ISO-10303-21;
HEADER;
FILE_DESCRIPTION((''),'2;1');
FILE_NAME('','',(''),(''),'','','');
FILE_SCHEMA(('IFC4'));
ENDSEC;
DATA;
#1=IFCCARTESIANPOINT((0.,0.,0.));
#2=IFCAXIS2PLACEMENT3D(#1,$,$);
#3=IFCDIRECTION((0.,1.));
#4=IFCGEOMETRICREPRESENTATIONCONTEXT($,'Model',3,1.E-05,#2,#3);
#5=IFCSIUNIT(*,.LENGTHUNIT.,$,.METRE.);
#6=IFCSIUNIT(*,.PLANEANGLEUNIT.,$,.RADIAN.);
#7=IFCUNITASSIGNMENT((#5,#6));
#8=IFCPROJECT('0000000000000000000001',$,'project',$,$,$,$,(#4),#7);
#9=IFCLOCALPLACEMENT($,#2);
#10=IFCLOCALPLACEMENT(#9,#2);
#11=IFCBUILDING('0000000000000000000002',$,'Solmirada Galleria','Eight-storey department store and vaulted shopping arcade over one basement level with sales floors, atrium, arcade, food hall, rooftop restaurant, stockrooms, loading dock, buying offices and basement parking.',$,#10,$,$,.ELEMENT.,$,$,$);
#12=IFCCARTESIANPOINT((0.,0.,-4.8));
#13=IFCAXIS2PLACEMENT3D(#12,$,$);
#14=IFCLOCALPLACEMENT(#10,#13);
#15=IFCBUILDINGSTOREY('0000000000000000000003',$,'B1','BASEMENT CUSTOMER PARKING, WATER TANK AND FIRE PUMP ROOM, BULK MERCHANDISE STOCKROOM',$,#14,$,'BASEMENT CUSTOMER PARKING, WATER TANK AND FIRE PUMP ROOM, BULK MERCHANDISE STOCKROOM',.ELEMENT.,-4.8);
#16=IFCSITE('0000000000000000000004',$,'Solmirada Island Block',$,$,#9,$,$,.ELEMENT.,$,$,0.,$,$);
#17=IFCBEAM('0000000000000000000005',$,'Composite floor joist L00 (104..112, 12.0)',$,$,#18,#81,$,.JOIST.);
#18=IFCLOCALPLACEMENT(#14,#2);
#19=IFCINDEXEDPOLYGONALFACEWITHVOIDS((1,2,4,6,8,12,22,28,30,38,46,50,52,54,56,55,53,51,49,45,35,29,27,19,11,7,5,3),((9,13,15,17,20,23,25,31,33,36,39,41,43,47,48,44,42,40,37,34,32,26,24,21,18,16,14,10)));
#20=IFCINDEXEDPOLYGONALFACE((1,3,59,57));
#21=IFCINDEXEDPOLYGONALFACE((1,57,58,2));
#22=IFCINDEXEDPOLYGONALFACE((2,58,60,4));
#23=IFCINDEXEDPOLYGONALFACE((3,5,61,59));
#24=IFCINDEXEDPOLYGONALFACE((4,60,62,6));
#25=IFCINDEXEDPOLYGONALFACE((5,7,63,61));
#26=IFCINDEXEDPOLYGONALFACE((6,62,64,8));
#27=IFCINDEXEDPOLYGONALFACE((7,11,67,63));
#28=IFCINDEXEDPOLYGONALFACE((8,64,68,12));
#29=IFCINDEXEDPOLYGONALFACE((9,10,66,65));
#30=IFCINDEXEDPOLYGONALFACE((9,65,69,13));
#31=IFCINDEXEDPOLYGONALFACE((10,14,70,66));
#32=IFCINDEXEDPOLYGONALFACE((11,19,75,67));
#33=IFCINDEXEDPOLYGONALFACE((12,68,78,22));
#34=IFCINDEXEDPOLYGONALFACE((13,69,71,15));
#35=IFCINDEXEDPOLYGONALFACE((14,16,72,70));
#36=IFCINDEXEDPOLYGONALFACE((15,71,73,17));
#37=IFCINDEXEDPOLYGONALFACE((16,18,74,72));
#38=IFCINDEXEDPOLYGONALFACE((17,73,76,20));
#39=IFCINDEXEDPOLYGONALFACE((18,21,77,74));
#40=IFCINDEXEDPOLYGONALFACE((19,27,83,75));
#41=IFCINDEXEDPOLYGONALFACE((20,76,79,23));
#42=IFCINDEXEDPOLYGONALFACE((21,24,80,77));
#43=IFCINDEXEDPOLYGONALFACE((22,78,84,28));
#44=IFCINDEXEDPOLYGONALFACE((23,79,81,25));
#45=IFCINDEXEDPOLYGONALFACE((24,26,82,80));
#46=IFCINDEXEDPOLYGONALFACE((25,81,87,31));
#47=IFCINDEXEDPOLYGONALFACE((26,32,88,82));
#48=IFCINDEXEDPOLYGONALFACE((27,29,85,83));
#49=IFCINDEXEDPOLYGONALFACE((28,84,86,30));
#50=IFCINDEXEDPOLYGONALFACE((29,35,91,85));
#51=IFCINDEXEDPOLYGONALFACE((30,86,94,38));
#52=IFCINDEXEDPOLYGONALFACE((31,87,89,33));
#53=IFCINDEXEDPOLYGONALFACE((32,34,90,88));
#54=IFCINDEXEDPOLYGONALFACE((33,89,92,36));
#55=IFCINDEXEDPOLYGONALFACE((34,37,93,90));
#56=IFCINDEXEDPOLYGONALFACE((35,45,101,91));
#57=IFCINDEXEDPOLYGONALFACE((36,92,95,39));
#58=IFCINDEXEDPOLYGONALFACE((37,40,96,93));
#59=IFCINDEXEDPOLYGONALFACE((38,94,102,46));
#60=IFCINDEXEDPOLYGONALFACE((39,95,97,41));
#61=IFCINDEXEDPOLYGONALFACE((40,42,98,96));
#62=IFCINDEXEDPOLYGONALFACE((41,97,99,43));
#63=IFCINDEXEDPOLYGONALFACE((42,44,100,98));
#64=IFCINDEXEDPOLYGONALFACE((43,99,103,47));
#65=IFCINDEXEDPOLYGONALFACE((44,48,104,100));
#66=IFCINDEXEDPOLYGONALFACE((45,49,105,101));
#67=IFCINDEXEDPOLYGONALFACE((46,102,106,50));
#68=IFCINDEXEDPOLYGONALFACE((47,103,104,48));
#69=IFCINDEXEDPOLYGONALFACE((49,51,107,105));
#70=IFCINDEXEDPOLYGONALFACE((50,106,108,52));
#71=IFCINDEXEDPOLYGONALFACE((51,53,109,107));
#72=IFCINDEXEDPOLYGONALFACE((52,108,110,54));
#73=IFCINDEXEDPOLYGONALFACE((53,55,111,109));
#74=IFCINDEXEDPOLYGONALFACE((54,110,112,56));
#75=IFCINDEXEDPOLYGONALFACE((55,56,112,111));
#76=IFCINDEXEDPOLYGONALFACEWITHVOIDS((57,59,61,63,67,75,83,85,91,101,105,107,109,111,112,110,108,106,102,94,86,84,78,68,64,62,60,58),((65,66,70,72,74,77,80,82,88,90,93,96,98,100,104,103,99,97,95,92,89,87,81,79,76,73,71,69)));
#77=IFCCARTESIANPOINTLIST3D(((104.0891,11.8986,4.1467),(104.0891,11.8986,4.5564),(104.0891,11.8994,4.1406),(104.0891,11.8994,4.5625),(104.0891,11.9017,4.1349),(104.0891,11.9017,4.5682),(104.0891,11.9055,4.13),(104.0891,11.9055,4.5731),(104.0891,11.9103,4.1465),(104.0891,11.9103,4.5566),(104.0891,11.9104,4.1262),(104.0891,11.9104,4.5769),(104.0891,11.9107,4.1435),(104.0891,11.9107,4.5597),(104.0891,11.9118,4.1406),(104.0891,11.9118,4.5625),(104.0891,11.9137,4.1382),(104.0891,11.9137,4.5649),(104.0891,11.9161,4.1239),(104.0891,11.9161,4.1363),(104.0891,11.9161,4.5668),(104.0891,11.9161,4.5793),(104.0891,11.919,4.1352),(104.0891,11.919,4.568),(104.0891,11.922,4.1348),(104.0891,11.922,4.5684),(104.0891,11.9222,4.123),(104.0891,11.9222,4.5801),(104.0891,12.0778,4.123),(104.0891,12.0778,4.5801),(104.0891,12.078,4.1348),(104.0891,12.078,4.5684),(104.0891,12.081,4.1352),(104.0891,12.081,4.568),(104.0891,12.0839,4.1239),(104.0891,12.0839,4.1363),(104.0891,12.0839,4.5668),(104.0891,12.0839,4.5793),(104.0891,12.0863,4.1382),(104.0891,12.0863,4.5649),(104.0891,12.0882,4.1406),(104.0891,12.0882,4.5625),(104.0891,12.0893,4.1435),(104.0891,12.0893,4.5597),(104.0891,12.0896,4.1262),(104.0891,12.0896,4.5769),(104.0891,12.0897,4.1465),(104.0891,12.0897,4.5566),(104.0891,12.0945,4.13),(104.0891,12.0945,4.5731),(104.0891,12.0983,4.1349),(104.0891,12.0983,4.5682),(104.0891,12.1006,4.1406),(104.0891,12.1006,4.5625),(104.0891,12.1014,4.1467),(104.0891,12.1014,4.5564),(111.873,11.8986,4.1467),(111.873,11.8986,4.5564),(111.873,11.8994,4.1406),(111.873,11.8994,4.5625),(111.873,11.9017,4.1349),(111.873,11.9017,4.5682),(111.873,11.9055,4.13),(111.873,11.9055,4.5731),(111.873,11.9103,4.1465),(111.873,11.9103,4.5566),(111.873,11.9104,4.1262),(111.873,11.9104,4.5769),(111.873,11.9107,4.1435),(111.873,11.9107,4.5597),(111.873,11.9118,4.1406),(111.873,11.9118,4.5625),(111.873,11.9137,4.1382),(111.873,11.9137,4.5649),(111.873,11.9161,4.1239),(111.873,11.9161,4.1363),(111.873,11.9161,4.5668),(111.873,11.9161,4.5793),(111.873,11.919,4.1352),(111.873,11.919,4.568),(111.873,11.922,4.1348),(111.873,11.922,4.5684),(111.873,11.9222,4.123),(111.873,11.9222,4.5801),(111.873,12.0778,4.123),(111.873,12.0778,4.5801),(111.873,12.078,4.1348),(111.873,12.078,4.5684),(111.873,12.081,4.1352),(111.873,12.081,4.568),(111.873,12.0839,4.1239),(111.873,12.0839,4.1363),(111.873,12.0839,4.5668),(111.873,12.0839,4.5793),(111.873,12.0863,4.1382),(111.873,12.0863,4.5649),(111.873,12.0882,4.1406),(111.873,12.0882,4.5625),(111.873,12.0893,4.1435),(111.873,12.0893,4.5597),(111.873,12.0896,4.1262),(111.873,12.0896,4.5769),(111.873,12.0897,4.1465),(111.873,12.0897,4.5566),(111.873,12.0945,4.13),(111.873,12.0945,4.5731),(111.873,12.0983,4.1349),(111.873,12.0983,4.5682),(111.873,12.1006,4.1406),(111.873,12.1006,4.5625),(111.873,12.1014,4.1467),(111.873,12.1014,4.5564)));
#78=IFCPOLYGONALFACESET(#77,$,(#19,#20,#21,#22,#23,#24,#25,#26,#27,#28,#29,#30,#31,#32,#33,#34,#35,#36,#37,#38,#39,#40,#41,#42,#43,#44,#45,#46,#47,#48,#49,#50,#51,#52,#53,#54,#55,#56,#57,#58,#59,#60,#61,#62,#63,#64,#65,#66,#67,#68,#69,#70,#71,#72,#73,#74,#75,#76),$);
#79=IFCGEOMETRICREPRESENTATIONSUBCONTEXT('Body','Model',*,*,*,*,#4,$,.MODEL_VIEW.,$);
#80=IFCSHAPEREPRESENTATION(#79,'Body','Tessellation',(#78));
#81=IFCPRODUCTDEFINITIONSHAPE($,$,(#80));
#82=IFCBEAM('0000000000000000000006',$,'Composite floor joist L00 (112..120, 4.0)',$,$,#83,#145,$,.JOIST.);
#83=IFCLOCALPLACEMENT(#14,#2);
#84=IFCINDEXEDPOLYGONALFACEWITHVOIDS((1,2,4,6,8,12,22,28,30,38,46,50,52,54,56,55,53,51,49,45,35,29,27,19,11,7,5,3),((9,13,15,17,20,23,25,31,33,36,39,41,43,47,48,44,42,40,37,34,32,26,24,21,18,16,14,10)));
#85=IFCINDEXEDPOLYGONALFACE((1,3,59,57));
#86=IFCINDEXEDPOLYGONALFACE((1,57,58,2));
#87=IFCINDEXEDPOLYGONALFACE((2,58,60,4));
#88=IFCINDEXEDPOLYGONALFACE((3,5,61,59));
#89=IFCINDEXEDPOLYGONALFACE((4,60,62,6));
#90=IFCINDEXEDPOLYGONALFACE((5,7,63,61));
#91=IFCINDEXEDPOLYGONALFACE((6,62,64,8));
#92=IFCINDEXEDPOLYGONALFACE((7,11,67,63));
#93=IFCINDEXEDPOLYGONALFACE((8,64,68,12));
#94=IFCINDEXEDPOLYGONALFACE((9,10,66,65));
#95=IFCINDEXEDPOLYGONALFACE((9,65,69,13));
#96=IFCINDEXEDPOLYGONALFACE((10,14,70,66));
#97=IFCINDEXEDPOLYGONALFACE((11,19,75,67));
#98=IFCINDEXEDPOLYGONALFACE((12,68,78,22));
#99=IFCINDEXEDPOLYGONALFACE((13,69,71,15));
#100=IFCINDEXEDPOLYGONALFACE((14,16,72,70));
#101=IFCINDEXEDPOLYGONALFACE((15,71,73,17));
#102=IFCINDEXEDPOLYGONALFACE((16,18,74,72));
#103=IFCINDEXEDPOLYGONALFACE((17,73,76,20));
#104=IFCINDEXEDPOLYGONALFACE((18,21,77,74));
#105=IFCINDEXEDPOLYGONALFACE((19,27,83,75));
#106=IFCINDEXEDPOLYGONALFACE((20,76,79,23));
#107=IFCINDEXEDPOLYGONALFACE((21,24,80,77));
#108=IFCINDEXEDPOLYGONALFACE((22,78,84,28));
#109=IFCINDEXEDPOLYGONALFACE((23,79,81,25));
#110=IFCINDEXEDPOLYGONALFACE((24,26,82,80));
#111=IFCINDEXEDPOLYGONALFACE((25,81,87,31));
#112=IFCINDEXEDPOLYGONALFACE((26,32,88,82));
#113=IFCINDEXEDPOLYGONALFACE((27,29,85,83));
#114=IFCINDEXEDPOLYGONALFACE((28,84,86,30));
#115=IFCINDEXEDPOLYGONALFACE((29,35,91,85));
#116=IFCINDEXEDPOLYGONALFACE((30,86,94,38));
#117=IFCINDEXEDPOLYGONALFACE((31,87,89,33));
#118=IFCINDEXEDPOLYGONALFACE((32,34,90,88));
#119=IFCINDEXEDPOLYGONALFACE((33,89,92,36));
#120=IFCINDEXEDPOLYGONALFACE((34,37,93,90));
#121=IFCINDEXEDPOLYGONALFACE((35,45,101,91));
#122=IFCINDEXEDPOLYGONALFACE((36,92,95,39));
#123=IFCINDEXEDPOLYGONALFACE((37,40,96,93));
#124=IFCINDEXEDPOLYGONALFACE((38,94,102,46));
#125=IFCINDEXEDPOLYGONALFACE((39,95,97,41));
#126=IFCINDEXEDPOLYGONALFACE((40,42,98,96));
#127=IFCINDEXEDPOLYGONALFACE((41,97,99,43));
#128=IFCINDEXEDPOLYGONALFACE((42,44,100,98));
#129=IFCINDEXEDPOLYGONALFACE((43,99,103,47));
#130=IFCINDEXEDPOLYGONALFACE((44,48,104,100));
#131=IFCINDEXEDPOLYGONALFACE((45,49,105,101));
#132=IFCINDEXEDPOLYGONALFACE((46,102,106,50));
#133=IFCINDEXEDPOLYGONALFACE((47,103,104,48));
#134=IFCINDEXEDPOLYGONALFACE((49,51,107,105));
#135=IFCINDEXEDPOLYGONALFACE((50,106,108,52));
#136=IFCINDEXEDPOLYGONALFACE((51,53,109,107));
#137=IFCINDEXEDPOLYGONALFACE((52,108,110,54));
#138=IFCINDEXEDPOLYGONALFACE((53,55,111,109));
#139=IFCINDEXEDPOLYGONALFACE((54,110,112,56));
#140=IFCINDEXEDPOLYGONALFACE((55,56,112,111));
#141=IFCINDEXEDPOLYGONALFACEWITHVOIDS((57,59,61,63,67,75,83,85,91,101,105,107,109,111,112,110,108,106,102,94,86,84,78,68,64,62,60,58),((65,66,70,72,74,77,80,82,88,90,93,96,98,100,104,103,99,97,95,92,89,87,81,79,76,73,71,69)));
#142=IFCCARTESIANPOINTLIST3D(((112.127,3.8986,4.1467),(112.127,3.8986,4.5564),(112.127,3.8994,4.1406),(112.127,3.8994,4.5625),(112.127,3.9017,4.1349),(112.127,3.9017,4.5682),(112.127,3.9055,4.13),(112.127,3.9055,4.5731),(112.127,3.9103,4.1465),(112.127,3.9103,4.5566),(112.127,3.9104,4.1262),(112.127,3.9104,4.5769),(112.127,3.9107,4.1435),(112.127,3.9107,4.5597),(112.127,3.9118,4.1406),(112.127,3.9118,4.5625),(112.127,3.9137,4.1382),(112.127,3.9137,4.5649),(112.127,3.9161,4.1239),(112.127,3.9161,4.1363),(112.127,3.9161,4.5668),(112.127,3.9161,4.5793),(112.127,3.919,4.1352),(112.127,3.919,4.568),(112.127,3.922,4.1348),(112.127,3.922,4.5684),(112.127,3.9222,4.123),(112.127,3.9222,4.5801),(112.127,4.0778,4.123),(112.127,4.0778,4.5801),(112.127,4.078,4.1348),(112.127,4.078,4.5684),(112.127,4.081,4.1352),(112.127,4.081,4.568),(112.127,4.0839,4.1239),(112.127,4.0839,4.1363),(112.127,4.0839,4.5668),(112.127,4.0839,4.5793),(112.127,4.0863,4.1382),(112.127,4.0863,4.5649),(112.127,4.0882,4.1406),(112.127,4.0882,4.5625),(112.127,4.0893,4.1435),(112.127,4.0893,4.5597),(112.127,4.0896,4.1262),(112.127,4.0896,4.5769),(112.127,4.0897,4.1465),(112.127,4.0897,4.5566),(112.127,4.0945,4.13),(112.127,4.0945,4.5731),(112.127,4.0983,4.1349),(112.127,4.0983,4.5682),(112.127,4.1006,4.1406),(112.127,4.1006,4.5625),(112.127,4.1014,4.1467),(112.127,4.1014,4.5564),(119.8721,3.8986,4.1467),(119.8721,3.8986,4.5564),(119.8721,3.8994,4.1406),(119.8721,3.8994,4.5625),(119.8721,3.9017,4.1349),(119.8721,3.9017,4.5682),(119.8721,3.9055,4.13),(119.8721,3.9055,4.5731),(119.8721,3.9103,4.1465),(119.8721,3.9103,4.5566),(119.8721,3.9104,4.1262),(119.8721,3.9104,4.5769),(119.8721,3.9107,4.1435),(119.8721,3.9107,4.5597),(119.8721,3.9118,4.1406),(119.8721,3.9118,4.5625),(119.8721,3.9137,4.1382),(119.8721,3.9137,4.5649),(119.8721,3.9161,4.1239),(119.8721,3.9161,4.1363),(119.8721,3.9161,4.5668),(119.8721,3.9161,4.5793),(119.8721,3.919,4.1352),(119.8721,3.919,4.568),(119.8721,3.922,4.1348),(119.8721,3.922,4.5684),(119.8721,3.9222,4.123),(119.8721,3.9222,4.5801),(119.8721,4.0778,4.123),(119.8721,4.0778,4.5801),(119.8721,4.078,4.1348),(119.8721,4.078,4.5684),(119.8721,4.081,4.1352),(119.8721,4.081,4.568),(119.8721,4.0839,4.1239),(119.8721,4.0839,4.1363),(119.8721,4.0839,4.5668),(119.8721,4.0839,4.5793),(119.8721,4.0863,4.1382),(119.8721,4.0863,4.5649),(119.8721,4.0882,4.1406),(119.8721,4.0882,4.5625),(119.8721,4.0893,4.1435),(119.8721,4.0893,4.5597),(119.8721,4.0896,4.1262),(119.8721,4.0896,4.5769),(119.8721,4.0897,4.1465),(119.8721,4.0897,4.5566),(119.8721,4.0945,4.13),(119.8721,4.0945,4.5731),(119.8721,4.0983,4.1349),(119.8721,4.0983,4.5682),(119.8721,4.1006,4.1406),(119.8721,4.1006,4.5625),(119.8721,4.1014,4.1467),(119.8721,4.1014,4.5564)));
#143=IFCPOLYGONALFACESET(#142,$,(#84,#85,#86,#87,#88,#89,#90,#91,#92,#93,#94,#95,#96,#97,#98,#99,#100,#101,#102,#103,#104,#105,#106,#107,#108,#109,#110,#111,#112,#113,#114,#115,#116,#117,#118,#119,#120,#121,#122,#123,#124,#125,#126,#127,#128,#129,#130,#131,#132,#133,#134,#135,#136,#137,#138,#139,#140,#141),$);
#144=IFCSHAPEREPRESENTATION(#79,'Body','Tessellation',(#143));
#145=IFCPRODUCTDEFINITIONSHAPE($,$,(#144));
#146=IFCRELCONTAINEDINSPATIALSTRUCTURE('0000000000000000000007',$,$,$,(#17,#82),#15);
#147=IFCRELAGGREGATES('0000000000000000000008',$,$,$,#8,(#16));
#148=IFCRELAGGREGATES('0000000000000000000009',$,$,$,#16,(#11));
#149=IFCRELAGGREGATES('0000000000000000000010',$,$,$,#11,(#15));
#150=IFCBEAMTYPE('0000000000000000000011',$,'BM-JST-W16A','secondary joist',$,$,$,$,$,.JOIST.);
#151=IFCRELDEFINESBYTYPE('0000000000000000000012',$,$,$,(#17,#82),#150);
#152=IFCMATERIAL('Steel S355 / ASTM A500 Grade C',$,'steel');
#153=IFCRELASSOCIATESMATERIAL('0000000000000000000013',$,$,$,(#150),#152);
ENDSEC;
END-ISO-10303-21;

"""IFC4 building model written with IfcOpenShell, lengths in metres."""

from ifc_helpers import new_model, si_unit, direction, frame, origin, origin_2d, place, context, subcontext, project, spatial, hollow_rectangle, extrude, material, material_profile, profile_set, type_object, element, save


model = new_model("IFC4")

# Units and contexts
model_context = context("Model", 3, precision=1e-05, world=origin(), true_north=direction((0.0, 1.0)))
body_context = subcontext(model_context, "Body", "Model", "MODEL_VIEW")
ifc_project = project(units=[si_unit("LENGTHUNIT", "METRE"), si_unit("PLANEANGLEUNIT", "RADIAN")], contexts=[model_context])

# Site, building, storey
site_placement = place(None, origin())
site = spatial("IfcSite", under=ifc_project, at=site_placement, Name="Solmirada Island Block", CompositionType="ELEMENT", RefElevation=0.0)
building_placement = place(site_placement, origin())
building = spatial("IfcBuilding", under=site, at=building_placement, Name="Solmirada Galleria", Description="Eight-storey department store and vaulted shopping arcade over one basement level with sales floors, atrium, arcade, food hall, rooftop restaurant, stockrooms, loading dock, buying offices and basement parking.", CompositionType="ELEMENT")
storey_placement = place(building_placement, frame((0.0, 0.0, -4.8)))
storey = spatial("IfcBuildingStorey", under=building, at=storey_placement, Name="B1", Description="BASEMENT CUSTOMER PARKING, WATER TANK AND FIRE PUMP ROOM, BULK MERCHANDISE STOCKROOM", LongName="BASEMENT CUSTOMER PARKING, WATER TANK AND FIRE PUMP ROOM, BULK MERCHANDISE STOCKROOM", CompositionType="ELEMENT", Elevation=-4.8)

# Beams
ifc_material_1 = material(Name="Steel S355 / ASTM A500 Grade C", Category="steel")
ifc_material_profile_1 = material_profile(ifc_material_1, hollow_rectangle(XDim=0.2029, YDim=0.457, WallThickness=0.0117, InnerFilletRadius=0.0117, OuterFilletRadius=0.0237, at=origin_2d()), Name="HSS18X8X1/2")
ifc_profile_set_1 = profile_set([ifc_material_profile_1], Name="Steel S355 / ASTM A500 Grade C")
beam_type_1 = type_object("IfcBeamType", Name="BM-JST-W16A", Description="secondary joist", PredefinedType="JOIST", material=ifc_profile_set_1)
beam_1_placement = place(storey_placement, frame((104.0891, 12.0, 4.3516), z_axis=(1.0, 0.0, 0.0), x_axis=(0.0, 1.0, 0.0)))
element("IfcBeam", 1, at=beam_1_placement, inside=storey, type_object=beam_type_1, Name="Composite floor joist L00 (104..112, 12.0)", PredefinedType="JOIST", context=body_context, shape_type="SweptSolid", body=[
    extrude(hollow_rectangle(XDim=0.2029, YDim=0.457, WallThickness=0.0117, InnerFilletRadius=0.0117, OuterFilletRadius=0.0237, at=origin_2d()), origin(), (0.0, 0.0, 1.0), 7.7839),
])
for number, where, z_axis, x_axis, name in (
    (2, (112.127, 4.0, 4.3516), (1.0, 0.0, 0.0), (0.0, 1.0, 0.0), "Composite floor joist L00 (112..120, 4.0)"),
):
    element("IfcBeam", number, at=place(storey_placement, frame(where, z_axis=z_axis, x_axis=x_axis)), inside=storey, type_object=beam_type_1, Name=name, PredefinedType="JOIST", context=body_context, shape_type="SweptSolid", body=[
        extrude(hollow_rectangle(XDim=0.2029, YDim=0.457, WallThickness=0.0117, InnerFilletRadius=0.0117, OuterFilletRadius=0.0237, at=origin_2d()), origin(), (0.0, 0.0, 1.0), 7.7451),
    ])

save(model, "model.ifc")
